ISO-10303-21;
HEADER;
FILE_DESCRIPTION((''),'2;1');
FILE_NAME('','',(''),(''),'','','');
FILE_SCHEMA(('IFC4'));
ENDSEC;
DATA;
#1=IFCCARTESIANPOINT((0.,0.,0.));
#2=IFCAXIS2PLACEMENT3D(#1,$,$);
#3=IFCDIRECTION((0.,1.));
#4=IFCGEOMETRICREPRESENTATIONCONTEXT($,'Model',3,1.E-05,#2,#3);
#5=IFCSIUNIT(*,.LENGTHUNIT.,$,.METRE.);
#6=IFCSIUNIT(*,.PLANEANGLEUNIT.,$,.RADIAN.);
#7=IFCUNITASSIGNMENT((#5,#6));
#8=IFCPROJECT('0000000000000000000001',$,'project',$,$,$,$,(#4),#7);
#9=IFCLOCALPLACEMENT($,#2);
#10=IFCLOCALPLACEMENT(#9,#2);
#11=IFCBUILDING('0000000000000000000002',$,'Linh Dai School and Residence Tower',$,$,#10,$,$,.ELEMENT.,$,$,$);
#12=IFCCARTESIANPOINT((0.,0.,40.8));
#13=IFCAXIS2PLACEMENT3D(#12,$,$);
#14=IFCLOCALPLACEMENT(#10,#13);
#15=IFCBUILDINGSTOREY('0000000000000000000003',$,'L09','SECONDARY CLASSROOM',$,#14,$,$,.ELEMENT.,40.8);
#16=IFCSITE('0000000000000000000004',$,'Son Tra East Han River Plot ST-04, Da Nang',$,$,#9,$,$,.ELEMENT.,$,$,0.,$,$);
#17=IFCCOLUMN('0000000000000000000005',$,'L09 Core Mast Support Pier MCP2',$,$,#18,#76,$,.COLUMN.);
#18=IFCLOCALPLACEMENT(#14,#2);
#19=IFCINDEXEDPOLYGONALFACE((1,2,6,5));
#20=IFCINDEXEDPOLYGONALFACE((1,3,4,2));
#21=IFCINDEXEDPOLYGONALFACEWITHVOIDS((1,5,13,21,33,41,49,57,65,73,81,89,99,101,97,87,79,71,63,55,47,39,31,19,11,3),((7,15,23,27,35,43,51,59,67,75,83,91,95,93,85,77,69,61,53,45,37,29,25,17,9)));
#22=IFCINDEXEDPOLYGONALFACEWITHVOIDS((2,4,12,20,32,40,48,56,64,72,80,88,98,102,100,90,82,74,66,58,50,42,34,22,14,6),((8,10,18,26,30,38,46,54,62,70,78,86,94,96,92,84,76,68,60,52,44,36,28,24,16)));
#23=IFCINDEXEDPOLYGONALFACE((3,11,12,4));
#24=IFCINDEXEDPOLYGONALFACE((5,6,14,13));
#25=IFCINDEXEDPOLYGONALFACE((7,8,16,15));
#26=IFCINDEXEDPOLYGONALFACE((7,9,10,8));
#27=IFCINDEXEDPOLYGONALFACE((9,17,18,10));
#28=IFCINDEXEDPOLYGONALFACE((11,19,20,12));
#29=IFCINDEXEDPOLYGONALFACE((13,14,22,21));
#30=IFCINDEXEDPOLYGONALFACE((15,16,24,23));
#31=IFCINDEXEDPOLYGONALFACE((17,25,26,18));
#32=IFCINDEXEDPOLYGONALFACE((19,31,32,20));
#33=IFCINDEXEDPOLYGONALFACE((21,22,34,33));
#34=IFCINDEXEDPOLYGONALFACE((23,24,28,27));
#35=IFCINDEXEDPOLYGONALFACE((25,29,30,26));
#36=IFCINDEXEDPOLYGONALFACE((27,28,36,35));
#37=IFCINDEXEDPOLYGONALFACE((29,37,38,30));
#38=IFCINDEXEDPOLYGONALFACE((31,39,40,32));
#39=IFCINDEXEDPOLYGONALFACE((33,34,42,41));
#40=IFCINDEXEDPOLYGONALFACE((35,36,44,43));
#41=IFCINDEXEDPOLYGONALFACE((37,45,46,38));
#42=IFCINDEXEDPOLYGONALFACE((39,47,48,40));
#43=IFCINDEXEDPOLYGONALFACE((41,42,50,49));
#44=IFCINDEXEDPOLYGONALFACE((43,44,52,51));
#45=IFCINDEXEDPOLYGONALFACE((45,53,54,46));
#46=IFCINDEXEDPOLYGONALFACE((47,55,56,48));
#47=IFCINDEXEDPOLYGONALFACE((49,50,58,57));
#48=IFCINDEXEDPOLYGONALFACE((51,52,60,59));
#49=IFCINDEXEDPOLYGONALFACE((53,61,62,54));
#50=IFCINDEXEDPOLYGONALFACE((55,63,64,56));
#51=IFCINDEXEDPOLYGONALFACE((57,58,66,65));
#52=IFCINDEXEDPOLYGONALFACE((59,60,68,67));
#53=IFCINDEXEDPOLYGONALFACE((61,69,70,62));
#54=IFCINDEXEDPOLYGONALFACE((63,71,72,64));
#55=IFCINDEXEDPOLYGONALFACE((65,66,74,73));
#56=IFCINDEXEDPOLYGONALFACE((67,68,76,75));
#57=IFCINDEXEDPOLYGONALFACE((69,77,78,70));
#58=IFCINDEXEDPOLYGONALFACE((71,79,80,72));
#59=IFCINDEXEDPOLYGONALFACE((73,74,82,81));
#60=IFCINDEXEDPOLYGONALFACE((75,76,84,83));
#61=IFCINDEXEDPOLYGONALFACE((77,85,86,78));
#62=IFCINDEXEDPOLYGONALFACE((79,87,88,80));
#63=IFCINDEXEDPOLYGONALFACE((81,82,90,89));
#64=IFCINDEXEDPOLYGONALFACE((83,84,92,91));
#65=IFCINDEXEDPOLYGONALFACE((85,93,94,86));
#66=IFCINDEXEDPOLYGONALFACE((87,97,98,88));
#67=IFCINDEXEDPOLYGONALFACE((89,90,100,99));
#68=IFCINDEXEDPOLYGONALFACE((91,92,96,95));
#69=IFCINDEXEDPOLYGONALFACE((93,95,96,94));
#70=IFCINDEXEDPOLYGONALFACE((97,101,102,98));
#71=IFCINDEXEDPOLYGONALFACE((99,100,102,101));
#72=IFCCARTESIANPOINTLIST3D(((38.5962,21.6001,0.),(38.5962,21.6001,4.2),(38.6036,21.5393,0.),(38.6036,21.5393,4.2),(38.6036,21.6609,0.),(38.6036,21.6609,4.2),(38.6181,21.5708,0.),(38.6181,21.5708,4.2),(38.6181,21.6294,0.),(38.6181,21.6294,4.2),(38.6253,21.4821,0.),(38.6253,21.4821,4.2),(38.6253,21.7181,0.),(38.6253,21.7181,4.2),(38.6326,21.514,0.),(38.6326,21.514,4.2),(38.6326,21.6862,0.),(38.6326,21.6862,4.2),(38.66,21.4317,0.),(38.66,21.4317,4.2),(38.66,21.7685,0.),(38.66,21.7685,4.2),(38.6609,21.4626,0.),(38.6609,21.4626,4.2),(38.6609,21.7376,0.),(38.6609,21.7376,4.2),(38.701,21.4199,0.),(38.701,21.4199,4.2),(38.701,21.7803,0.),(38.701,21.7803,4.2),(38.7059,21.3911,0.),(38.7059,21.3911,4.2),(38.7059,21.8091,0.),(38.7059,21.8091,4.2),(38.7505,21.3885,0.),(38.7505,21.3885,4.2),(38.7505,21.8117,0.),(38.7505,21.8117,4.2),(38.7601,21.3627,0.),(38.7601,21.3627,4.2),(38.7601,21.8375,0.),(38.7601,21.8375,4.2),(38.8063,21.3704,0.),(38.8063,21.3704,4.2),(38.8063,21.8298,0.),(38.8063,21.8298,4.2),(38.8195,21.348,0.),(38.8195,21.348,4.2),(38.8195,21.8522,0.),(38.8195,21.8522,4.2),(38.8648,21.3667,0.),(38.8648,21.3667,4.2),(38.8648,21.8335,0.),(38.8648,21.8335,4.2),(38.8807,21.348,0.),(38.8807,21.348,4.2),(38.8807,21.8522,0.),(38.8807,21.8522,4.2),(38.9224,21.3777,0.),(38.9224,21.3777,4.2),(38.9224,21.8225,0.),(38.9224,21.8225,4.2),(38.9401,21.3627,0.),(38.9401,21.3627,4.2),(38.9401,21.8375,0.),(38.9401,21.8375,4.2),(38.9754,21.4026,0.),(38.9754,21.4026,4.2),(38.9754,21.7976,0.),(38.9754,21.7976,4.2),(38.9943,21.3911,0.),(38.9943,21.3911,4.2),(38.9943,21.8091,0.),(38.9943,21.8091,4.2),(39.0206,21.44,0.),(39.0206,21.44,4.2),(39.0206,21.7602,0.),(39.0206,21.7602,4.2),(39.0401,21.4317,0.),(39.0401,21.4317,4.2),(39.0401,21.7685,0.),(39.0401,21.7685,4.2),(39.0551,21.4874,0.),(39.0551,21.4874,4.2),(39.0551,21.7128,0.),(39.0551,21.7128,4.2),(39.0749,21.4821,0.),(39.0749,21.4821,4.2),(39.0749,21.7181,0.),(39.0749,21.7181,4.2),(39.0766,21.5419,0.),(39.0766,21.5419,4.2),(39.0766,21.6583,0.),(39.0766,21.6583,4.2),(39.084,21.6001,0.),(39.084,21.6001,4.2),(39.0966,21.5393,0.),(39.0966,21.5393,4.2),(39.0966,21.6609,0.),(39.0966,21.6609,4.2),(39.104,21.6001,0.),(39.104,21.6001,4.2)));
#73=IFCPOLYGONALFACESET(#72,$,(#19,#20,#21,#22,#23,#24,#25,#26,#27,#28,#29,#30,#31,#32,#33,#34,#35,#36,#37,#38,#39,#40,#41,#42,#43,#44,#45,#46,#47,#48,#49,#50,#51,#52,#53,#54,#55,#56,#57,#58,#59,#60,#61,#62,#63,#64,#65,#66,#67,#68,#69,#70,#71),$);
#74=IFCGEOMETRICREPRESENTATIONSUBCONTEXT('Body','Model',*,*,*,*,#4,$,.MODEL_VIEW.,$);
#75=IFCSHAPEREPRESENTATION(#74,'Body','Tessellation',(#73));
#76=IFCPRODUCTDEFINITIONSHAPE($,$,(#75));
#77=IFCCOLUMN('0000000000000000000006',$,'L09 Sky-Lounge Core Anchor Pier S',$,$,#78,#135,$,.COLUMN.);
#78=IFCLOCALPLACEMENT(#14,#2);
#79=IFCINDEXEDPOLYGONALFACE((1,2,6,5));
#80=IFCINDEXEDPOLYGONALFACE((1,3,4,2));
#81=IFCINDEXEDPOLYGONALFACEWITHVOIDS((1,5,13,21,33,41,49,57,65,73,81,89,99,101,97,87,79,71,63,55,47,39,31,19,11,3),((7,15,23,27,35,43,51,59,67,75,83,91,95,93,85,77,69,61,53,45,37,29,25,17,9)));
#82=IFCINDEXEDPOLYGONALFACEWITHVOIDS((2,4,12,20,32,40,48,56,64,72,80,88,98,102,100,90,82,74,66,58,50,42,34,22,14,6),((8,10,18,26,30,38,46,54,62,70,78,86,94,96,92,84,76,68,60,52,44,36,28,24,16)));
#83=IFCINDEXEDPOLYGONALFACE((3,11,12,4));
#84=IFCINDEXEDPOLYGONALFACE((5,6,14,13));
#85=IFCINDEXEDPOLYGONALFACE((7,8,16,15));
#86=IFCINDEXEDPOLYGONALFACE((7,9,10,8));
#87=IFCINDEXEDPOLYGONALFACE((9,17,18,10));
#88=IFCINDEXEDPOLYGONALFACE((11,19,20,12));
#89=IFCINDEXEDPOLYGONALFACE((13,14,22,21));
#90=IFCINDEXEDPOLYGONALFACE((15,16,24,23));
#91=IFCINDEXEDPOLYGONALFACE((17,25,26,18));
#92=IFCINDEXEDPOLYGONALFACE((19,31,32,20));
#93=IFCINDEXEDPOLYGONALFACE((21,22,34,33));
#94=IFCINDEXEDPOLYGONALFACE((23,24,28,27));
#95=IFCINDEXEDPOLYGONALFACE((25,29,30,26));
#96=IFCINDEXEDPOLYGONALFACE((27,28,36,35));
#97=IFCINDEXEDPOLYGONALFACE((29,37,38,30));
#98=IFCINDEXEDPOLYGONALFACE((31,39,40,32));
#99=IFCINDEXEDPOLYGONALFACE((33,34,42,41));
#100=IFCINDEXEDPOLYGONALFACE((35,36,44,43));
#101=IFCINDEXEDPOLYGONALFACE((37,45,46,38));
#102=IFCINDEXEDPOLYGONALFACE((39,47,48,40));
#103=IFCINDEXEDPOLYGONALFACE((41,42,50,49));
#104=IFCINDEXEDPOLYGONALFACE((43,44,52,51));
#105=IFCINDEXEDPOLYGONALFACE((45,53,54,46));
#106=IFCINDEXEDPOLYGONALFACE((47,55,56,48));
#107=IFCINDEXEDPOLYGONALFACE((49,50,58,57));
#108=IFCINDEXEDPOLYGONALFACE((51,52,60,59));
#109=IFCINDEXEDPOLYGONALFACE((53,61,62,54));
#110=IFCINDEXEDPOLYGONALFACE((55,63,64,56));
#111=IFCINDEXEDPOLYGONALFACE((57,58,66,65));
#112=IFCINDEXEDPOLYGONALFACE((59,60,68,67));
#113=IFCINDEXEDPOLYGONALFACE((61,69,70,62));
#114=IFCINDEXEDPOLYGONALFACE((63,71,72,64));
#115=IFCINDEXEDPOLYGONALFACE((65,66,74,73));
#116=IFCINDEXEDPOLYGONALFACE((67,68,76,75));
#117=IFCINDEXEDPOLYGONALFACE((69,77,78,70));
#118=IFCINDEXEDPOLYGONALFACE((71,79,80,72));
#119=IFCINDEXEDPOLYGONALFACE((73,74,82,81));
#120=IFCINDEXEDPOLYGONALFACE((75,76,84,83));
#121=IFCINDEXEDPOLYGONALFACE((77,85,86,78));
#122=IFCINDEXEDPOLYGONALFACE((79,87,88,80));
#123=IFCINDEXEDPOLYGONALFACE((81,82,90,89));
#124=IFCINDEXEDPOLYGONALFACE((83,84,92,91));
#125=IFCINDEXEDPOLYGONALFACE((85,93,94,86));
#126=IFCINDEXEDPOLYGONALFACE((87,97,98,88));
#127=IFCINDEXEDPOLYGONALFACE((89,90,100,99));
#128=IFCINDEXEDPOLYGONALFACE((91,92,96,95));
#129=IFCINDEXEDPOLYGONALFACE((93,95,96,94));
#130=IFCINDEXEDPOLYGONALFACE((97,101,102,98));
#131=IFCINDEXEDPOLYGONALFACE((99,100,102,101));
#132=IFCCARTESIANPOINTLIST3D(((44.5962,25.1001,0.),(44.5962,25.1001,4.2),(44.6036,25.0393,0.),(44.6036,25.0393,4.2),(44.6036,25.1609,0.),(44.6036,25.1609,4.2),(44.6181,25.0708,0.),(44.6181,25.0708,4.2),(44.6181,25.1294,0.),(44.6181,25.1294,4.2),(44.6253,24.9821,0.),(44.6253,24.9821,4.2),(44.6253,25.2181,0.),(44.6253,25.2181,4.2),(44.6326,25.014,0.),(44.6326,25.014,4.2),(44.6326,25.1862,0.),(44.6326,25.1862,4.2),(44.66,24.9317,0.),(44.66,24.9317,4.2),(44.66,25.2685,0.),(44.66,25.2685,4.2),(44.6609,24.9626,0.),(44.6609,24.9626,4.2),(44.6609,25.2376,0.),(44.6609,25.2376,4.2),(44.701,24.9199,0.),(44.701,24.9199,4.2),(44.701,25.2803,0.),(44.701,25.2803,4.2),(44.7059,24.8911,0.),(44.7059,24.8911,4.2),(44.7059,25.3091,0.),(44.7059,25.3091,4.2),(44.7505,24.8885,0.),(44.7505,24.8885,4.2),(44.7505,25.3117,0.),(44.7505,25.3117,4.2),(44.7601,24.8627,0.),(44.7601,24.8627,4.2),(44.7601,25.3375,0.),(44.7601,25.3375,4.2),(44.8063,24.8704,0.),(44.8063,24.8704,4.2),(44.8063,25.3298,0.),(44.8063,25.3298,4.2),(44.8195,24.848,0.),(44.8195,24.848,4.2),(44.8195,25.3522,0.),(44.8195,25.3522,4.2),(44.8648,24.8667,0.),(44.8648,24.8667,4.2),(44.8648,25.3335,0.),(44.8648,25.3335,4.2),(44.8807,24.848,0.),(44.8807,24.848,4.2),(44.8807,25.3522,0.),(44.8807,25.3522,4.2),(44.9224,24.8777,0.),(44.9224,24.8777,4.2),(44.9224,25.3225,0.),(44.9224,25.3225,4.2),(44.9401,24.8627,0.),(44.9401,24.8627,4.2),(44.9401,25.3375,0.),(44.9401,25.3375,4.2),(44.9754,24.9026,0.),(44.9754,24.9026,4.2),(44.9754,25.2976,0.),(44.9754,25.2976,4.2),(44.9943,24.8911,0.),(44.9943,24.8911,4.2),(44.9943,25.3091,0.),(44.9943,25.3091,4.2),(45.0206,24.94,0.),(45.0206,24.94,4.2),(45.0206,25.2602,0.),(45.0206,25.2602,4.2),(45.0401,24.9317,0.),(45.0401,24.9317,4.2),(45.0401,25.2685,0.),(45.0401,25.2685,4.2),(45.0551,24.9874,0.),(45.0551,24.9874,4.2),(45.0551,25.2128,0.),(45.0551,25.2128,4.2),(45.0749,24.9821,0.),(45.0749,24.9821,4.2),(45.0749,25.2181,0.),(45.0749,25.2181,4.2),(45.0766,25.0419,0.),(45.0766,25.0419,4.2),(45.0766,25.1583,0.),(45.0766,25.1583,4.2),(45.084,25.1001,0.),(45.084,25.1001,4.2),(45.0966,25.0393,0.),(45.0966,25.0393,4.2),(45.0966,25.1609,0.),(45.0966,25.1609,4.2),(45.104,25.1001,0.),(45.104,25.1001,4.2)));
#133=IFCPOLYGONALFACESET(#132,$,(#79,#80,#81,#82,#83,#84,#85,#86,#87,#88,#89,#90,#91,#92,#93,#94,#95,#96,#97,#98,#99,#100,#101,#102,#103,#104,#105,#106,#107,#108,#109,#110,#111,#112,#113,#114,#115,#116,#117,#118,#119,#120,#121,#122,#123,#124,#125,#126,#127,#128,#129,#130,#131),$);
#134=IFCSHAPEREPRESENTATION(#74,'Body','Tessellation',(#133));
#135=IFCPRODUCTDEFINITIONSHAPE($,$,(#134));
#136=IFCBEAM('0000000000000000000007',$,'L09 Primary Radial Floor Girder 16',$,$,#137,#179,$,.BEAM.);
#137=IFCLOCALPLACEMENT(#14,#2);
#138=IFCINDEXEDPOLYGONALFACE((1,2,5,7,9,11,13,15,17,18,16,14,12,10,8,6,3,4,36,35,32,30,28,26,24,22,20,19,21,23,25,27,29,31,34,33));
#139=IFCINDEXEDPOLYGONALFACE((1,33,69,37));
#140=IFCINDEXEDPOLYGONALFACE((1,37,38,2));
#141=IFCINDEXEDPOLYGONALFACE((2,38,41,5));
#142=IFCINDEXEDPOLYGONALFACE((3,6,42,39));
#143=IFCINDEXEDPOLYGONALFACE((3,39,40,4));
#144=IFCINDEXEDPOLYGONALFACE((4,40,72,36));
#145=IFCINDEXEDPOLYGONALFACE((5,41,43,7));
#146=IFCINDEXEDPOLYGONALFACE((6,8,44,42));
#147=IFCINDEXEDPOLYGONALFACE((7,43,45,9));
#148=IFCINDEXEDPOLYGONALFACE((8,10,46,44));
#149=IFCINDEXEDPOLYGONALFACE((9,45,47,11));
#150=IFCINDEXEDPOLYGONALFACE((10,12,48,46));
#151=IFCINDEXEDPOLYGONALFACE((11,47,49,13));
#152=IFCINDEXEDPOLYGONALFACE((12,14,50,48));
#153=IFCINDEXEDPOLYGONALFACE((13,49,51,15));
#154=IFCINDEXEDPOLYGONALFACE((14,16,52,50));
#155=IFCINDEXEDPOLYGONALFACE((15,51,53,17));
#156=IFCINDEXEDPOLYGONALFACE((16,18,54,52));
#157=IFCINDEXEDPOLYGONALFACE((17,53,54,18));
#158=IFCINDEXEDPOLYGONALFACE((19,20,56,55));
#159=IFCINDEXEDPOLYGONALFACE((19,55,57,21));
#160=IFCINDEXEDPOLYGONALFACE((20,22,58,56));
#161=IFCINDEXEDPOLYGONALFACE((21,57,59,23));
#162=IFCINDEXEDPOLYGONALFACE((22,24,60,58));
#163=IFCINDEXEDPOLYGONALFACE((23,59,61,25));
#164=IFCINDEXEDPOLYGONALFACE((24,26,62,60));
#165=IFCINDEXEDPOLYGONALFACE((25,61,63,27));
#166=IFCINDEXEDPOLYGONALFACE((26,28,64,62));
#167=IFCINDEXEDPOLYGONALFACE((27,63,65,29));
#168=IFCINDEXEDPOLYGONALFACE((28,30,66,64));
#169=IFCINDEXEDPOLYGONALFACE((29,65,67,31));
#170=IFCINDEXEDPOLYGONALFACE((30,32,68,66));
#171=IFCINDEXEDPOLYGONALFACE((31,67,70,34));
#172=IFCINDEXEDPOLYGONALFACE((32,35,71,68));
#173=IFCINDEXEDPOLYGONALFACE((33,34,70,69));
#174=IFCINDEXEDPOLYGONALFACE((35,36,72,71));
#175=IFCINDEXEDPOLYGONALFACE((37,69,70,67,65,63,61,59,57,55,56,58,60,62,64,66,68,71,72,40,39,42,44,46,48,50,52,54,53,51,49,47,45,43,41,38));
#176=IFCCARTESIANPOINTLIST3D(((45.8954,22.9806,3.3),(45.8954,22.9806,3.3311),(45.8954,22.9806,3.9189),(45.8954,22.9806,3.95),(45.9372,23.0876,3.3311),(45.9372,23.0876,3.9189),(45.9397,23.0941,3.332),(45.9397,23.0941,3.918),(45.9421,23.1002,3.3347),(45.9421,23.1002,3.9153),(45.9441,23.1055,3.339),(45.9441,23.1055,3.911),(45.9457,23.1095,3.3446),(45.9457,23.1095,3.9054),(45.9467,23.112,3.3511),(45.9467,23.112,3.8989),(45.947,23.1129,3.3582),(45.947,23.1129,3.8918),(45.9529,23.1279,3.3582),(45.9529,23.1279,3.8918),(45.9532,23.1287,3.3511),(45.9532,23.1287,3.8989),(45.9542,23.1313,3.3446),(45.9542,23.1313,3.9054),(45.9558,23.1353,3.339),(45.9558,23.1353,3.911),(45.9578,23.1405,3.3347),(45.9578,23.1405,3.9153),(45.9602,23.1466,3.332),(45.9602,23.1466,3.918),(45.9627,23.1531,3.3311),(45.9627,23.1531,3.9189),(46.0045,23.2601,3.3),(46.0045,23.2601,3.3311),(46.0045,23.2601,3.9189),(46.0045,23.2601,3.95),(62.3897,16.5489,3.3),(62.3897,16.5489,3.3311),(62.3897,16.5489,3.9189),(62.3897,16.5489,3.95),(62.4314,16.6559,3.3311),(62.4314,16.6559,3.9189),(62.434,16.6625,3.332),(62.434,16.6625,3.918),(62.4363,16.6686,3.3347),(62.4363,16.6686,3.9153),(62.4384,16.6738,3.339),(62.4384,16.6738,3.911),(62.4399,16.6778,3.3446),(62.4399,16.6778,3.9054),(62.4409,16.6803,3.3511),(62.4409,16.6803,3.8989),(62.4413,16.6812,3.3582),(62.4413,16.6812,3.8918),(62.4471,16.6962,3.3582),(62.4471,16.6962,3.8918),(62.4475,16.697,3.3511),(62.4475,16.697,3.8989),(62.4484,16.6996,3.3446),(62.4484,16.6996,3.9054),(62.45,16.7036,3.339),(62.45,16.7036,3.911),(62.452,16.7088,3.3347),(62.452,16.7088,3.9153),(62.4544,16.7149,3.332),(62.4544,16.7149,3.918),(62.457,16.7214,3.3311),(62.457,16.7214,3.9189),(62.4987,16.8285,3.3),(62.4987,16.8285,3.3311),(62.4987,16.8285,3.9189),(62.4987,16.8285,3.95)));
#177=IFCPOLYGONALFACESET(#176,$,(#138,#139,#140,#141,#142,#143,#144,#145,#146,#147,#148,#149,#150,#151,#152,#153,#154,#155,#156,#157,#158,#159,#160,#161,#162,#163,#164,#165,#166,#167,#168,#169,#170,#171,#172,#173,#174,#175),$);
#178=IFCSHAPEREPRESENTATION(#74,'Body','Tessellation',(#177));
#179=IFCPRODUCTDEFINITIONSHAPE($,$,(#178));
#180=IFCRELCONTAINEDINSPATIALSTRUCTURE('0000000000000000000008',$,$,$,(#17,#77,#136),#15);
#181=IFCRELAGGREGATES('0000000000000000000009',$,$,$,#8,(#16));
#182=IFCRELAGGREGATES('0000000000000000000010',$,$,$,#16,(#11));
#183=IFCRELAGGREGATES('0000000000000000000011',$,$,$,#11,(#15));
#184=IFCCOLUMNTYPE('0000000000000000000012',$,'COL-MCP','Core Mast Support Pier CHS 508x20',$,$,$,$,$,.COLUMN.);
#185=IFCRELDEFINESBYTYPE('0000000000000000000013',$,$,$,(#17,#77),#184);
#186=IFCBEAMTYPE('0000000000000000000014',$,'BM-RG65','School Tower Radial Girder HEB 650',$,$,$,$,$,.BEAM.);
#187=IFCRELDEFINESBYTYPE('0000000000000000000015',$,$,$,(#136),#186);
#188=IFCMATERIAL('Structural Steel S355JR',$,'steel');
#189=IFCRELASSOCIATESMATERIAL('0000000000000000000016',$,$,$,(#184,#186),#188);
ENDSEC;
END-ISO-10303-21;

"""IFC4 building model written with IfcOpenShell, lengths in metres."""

from ifc_helpers import new_model, si_unit, direction, frame, origin, origin_2d, place, context, subcontext, project, spatial, hollow_circle, i_section, extrude, material, material_profile, profile_set, type_object, element, save


model = new_model("IFC4")

# Units and contexts
model_context = context("Model", 3, precision=1e-05, world=origin(), true_north=direction((0.0, 1.0)))
body_context = subcontext(model_context, "Body", "Model", "MODEL_VIEW")
ifc_project = project(units=[si_unit("LENGTHUNIT", "METRE"), si_unit("PLANEANGLEUNIT", "RADIAN")], contexts=[model_context])

# Site, building, storey
site_placement = place(None, origin())
site = spatial("IfcSite", under=ifc_project, at=site_placement, Name="Son Tra East Han River Plot ST-04, Da Nang", CompositionType="ELEMENT", RefElevation=0.0)
building_placement = place(site_placement, origin())
building = spatial("IfcBuilding", under=site, at=building_placement, Name="Linh Dai School and Residence Tower", CompositionType="ELEMENT")
storey_placement = place(building_placement, frame((0.0, 0.0, 40.8)))
storey = spatial("IfcBuildingStorey", under=building, at=storey_placement, Name="L09", Description="SECONDARY CLASSROOM", CompositionType="ELEMENT", Elevation=40.8)

# Columns
ifc_material_1 = material(Name="Structural Steel S355JR", Category="steel")
ifc_material_profile_1 = material_profile(ifc_material_1, hollow_circle(Radius=0.2539, WallThickness=0.02, at=origin_2d()), Name="CHS 508x20")
ifc_profile_set_1 = profile_set([ifc_material_profile_1], Name="Structural Steel S355JR")
column_type_1 = type_object("IfcColumnType", Name="COL-MCP", Description="Core Mast Support Pier CHS 508x20", PredefinedType="COLUMN", material=ifc_profile_set_1)
for number, where, z_axis, x_axis, name in (
    (1, (38.8501, 21.6001, 0.0), (0.0, 0.0, 1.0), (1.0, 0.0, 0.0), "L09 Core Mast Support Pier MCP2"),
    (2, (44.8501, 25.1001, 0.0), (0.0, 0.0, 1.0), (1.0, 0.0, 0.0), "L09 Sky-Lounge Core Anchor Pier S"),
):
    element("IfcColumn", number, at=place(storey_placement, frame(where, z_axis=z_axis, x_axis=x_axis)), inside=storey, type_object=column_type_1, Name=name, PredefinedType="COLUMN", context=body_context, shape_type="SweptSolid", body=[
        extrude(hollow_circle(Radius=0.2539, WallThickness=0.02, at=origin_2d()), origin(), (0.0, 0.0, 1.0), 4.2),
    ])

# Beam
ifc_material_profile_2 = material_profile(ifc_material_1, i_section(OverallWidth=0.3, OverallDepth=0.6499, WebThickness=0.0161, FlangeThickness=0.031, FilletRadius=0.0271, at=origin_2d()), Name="HEB 650")
ifc_profile_set_2 = profile_set([ifc_material_profile_2], Name="Structural Steel S355JR")
beam_type_1 = type_object("IfcBeamType", Name="BM-RG65", Description="School Tower Radial Girder HEB 650", PredefinedType="BEAM", material=ifc_profile_set_2)
beam_1_placement = place(storey_placement, frame((45.95, 23.1204, 3.625), z_axis=(0.931675, -0.363293, 0.0), x_axis=(0.363293, 0.931675, 0.0)))
element("IfcBeam", 3, at=beam_1_placement, inside=storey, type_object=beam_type_1, Name="L09 Primary Radial Floor Girder 16", PredefinedType="BEAM", context=body_context, shape_type="SweptSolid", body=[
    extrude(i_section(OverallWidth=0.3, OverallDepth=0.6499, WebThickness=0.0161, FlangeThickness=0.031, FilletRadius=0.0271, at=origin_2d()), origin(), (0.0, 0.0, 1.0), 17.7039),
])

save(model, "model.ifc")
